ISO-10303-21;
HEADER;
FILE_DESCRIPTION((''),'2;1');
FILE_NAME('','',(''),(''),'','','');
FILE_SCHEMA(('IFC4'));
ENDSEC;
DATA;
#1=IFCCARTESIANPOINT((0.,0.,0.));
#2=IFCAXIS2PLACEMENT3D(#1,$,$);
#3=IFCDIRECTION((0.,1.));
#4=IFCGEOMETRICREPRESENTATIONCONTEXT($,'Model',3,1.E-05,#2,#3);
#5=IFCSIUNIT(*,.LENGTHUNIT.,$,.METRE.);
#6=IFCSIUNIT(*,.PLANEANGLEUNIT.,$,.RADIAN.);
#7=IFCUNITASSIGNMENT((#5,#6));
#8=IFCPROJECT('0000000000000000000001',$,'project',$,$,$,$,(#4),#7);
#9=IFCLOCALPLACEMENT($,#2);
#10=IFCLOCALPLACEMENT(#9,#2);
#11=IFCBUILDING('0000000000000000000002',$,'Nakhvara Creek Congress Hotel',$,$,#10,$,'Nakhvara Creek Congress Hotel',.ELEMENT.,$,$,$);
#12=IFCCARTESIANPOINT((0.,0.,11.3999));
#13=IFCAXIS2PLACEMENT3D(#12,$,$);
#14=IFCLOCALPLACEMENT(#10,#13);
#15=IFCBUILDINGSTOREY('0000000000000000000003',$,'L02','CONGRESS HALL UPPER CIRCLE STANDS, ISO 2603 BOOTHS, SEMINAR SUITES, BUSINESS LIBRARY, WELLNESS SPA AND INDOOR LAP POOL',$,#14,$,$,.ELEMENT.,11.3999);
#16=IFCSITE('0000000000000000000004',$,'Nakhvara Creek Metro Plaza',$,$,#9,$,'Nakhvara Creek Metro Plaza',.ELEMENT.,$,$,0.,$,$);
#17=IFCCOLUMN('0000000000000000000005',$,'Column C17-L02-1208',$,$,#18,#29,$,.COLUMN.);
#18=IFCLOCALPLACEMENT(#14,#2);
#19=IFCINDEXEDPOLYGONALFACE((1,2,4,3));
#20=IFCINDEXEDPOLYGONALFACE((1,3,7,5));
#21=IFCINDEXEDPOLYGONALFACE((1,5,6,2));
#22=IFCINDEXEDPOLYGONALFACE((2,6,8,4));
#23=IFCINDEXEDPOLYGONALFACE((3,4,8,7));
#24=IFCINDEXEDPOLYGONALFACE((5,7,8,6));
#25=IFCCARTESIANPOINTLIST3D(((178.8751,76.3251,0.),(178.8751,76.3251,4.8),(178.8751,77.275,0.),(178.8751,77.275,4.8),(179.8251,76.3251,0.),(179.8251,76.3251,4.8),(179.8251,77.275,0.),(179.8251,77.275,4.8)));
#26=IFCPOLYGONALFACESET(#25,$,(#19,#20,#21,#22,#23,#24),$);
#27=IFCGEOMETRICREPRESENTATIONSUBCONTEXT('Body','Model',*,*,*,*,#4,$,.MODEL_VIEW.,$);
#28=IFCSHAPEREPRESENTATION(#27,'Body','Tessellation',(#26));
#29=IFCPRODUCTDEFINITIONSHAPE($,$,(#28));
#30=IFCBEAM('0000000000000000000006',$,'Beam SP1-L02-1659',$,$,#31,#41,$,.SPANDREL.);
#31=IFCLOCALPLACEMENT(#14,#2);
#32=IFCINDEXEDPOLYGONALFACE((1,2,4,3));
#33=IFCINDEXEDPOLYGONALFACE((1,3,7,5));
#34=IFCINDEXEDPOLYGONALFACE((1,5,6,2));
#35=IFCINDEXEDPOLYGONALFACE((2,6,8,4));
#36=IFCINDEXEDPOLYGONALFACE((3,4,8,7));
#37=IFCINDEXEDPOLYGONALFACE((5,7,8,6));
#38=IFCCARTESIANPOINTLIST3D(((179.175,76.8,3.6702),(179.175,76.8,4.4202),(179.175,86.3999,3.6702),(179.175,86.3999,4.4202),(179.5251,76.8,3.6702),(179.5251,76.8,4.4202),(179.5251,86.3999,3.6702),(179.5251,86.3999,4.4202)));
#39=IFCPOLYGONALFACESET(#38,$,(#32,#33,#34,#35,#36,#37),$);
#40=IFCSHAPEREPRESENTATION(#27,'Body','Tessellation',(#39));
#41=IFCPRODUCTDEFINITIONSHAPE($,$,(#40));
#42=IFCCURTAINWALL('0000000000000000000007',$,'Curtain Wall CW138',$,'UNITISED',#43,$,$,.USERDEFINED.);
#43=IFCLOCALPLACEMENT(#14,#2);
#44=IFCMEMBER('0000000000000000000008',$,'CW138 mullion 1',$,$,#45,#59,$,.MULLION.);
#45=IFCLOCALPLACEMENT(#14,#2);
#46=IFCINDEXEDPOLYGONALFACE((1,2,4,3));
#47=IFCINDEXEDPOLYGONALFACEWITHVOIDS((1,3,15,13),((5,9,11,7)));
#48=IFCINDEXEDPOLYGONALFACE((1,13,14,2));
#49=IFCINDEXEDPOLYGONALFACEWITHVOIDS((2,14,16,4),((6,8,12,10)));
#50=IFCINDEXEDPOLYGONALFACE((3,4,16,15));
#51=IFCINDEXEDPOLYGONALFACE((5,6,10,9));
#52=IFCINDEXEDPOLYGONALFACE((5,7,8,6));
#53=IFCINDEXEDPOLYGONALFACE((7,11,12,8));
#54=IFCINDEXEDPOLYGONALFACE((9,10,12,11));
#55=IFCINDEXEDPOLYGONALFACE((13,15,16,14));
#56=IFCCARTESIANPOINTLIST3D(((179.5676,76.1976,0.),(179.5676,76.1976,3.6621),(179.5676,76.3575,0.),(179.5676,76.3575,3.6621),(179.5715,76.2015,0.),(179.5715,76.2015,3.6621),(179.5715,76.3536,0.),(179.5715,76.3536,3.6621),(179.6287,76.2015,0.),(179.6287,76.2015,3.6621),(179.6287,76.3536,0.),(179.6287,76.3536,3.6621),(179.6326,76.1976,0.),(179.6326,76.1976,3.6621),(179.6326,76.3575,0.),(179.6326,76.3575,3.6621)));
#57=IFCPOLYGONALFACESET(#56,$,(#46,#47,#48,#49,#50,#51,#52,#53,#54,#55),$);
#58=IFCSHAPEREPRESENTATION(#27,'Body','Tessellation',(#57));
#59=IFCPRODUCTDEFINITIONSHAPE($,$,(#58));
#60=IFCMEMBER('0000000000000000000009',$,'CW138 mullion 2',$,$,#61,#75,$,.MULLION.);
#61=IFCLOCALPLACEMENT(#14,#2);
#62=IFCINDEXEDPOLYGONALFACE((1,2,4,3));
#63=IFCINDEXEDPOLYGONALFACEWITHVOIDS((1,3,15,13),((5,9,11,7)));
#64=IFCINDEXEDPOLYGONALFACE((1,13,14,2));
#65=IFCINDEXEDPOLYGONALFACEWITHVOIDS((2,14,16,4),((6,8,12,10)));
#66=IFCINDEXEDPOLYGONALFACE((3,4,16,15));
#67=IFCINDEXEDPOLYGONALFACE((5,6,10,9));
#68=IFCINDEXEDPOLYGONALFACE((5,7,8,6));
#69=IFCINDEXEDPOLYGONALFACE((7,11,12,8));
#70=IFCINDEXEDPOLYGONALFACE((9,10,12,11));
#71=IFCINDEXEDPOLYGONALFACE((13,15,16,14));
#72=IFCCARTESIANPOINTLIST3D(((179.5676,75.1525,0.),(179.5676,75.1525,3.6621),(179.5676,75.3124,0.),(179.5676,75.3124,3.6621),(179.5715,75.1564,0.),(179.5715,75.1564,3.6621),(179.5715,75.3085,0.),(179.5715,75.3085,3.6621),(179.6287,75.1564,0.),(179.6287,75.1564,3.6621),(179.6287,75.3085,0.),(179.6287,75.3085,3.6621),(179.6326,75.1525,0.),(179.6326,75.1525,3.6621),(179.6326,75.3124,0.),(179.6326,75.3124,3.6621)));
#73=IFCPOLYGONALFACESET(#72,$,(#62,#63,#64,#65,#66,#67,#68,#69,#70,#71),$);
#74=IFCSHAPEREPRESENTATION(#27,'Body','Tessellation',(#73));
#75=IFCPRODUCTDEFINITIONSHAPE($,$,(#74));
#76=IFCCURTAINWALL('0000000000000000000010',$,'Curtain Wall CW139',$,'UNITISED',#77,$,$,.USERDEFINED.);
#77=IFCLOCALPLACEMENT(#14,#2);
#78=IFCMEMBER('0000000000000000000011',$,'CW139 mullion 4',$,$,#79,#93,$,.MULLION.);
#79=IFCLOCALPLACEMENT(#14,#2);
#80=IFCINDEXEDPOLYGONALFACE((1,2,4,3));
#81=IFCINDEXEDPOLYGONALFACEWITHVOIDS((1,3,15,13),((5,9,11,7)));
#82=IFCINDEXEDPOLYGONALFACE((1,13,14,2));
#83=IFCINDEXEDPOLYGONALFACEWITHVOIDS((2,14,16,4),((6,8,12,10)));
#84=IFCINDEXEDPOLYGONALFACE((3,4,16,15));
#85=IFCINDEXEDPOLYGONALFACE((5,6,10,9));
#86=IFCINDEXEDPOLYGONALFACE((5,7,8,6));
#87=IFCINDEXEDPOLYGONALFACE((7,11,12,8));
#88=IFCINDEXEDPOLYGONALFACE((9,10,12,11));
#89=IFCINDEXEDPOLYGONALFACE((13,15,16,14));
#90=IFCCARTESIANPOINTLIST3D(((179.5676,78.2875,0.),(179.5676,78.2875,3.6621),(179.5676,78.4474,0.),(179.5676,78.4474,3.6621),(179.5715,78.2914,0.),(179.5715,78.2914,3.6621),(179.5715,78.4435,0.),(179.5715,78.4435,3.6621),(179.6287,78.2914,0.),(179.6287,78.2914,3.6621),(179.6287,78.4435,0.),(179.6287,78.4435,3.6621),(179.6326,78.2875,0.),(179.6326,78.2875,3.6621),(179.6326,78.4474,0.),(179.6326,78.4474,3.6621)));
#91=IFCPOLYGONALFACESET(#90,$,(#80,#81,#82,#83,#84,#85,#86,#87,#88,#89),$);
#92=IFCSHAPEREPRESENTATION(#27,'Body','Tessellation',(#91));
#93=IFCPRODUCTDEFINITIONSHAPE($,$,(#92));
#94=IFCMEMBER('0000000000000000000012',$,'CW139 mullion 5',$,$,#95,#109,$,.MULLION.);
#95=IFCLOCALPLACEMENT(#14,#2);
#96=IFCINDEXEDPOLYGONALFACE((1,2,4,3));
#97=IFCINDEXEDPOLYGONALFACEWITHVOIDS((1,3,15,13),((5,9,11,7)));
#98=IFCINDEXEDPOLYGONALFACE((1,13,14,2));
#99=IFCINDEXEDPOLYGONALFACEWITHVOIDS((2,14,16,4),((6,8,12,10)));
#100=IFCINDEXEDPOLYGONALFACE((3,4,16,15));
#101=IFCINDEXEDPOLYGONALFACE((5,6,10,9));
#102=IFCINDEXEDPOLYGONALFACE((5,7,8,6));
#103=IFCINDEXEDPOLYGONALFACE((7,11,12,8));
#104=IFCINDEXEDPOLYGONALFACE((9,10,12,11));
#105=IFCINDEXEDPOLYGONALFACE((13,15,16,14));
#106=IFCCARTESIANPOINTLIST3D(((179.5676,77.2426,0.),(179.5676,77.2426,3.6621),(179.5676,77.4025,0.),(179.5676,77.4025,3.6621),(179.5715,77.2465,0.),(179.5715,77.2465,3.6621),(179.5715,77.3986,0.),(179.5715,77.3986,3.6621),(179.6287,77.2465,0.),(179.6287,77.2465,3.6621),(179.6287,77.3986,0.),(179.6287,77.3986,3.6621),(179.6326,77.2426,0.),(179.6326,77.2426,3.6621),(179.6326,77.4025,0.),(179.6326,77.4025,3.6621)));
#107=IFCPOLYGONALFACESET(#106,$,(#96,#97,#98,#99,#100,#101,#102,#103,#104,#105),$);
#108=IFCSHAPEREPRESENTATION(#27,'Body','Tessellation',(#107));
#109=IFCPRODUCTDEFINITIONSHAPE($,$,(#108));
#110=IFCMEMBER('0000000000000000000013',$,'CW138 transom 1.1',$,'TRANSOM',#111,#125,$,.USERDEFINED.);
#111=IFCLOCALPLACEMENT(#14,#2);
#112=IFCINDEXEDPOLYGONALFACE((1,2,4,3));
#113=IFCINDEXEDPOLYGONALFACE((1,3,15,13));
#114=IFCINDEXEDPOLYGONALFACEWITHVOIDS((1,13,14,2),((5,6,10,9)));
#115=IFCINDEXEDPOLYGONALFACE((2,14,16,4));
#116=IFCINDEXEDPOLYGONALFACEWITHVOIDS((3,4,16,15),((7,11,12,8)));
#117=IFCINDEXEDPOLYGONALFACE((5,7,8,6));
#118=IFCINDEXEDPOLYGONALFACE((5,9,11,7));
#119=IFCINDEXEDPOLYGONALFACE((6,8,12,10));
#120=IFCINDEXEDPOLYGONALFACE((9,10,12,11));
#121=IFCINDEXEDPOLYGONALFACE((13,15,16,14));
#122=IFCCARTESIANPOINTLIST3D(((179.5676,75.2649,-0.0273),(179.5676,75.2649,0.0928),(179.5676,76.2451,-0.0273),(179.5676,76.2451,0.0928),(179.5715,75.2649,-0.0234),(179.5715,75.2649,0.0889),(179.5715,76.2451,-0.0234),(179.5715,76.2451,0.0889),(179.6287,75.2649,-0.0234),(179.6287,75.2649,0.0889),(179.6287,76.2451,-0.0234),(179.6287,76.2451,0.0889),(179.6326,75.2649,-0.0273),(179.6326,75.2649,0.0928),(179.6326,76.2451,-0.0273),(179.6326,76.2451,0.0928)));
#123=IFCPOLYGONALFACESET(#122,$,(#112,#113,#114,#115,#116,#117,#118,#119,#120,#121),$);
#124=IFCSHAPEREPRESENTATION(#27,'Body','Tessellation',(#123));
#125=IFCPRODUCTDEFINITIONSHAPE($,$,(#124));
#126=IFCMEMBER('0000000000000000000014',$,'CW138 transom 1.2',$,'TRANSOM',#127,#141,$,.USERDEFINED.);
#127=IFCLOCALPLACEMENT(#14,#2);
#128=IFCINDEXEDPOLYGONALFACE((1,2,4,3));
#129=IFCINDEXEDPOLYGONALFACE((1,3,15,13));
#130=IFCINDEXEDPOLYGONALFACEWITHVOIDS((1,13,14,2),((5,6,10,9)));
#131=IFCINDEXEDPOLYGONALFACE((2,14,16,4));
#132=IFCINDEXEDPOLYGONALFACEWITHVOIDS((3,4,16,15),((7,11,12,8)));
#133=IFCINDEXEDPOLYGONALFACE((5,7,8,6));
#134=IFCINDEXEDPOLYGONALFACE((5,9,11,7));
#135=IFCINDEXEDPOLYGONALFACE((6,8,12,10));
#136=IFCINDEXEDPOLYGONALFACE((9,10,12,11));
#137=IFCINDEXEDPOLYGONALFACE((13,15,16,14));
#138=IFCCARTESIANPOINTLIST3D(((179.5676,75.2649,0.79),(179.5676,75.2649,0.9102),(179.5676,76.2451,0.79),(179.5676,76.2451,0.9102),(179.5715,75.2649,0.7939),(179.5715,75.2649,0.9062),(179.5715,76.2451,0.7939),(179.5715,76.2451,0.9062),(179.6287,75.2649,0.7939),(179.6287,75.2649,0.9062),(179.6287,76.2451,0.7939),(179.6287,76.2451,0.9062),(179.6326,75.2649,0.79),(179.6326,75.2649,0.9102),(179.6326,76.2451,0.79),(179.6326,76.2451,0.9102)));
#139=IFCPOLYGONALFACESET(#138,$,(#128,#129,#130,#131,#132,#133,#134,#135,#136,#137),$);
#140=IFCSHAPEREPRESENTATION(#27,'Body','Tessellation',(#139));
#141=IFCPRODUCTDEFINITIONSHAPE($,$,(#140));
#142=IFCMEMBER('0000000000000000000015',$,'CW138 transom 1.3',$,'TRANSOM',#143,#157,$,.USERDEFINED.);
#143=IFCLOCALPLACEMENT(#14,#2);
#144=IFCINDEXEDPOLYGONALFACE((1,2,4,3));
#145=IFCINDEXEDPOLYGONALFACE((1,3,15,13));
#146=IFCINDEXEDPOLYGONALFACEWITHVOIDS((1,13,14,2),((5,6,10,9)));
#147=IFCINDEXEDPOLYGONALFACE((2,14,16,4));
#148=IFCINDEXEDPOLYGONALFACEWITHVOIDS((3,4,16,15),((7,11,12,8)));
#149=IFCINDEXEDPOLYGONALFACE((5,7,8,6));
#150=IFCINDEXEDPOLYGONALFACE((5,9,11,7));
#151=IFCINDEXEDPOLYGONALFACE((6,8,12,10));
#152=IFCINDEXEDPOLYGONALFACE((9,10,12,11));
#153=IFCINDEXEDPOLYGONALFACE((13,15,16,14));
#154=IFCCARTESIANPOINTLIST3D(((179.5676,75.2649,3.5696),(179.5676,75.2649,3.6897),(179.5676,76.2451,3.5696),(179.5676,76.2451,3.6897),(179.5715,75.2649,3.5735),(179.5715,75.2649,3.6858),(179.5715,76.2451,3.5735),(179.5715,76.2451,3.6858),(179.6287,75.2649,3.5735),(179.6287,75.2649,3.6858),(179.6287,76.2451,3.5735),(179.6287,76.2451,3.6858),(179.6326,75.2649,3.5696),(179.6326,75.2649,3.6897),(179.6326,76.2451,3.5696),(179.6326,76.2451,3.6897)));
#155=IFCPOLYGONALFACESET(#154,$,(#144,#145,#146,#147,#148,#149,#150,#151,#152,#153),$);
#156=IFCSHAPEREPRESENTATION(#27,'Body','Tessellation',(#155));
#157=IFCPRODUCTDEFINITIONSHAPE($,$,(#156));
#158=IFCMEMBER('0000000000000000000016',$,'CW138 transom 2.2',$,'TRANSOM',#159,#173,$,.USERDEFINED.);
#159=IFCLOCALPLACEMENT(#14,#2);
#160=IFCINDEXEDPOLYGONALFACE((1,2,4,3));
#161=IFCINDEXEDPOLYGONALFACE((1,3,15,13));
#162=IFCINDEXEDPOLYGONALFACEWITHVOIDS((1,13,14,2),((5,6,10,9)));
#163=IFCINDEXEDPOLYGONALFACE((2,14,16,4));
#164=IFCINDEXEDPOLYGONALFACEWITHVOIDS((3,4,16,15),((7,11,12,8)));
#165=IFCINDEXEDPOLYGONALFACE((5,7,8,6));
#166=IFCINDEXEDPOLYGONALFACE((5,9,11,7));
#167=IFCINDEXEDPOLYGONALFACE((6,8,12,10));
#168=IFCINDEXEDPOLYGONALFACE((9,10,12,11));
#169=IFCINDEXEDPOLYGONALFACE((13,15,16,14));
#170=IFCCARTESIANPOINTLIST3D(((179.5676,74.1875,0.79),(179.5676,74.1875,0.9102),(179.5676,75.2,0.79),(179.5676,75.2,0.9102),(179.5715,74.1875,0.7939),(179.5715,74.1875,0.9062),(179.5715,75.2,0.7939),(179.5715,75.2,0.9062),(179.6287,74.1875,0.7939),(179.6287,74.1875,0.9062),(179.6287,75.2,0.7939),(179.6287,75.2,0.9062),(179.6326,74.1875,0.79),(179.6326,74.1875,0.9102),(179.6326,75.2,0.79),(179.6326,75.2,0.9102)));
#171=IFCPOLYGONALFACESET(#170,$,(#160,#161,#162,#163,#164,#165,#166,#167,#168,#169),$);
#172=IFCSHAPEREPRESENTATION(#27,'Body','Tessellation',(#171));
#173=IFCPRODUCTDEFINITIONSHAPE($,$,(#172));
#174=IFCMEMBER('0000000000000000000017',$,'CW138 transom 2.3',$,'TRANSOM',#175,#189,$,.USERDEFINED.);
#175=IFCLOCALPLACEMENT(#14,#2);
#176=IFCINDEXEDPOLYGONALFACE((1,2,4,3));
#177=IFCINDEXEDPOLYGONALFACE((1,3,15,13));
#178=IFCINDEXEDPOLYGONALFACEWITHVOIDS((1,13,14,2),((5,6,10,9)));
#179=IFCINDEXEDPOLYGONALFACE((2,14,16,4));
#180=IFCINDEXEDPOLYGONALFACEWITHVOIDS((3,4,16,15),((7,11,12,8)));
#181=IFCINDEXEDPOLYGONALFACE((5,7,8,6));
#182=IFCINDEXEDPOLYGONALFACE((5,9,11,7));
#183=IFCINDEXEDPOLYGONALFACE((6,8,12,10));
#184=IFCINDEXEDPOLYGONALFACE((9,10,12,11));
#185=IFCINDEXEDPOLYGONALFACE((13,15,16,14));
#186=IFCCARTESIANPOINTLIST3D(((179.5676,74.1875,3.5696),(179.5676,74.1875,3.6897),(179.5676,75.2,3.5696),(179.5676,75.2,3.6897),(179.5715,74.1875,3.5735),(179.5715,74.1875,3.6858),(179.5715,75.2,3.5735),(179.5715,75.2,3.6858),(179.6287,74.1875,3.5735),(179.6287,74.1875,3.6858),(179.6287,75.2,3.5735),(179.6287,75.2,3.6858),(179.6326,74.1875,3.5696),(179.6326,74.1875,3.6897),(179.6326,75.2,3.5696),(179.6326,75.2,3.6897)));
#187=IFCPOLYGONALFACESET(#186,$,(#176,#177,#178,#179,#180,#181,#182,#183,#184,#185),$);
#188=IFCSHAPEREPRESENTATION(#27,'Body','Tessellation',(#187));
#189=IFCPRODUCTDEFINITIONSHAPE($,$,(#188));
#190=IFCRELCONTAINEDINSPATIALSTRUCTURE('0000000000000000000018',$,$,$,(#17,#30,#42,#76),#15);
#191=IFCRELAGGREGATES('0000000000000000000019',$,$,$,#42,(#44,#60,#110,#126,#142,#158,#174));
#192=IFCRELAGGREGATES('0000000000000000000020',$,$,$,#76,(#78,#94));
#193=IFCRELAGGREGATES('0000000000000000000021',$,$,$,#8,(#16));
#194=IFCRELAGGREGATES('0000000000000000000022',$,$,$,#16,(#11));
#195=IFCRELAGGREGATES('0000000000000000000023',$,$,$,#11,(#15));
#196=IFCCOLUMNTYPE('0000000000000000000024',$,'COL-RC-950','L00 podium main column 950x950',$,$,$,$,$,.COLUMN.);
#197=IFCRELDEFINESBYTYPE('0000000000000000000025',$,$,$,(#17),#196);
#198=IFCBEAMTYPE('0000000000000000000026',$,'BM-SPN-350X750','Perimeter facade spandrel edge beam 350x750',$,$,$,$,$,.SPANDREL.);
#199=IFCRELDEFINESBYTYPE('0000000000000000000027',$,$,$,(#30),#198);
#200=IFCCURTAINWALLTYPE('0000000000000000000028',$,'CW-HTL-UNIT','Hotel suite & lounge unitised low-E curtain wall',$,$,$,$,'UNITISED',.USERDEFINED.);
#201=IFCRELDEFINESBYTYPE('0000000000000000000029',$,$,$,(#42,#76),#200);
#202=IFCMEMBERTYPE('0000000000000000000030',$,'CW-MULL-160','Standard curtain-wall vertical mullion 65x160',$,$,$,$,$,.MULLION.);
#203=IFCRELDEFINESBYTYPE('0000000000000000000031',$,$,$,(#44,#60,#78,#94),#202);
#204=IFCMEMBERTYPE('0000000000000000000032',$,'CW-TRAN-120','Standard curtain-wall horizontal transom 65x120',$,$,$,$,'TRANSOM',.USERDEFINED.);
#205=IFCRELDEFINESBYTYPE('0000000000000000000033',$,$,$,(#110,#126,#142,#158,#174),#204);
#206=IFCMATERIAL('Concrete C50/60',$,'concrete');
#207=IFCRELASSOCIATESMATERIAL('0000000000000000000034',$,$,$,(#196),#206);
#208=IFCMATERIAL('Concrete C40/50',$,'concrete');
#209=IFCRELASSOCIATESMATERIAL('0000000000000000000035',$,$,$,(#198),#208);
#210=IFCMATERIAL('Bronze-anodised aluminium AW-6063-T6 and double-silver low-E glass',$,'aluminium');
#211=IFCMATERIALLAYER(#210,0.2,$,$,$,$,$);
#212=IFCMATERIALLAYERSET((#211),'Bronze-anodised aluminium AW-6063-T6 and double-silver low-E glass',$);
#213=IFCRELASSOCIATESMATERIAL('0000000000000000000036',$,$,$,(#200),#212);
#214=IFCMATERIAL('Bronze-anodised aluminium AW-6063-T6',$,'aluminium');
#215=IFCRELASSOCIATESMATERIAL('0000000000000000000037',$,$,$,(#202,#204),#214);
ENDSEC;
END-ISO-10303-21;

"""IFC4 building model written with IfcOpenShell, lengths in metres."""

from ifc_helpers import new_model, si_unit, direction, frame, origin, origin_2d, place, context, subcontext, project, spatial, rectangle, hollow_rectangle, extrude, material, layer, layer_set, material_profile, profile_set, type_object, element, aggregate, save


model = new_model("IFC4")

# Units and contexts
model_context = context("Model", 3, precision=1e-05, world=origin(), true_north=direction((0.0, 1.0)))
body_context = subcontext(model_context, "Body", "Model", "MODEL_VIEW")
ifc_project = project(units=[si_unit("LENGTHUNIT", "METRE"), si_unit("PLANEANGLEUNIT", "RADIAN")], contexts=[model_context])

# Site, building, storey
site_placement = place(None, origin())
site = spatial("IfcSite", under=ifc_project, at=site_placement, Name="Nakhvara Creek Metro Plaza", LongName="Nakhvara Creek Metro Plaza", CompositionType="ELEMENT", RefElevation=0.0)
building_placement = place(site_placement, origin())
building = spatial("IfcBuilding", under=site, at=building_placement, Name="Nakhvara Creek Congress Hotel", LongName="Nakhvara Creek Congress Hotel", CompositionType="ELEMENT")
storey_placement = place(building_placement, frame((0.0, 0.0, 11.3999)))
storey = spatial("IfcBuildingStorey", under=building, at=storey_placement, Name="L02", Description="CONGRESS HALL UPPER CIRCLE STANDS, ISO 2603 BOOTHS, SEMINAR SUITES, BUSINESS LIBRARY, WELLNESS SPA AND INDOOR LAP POOL", CompositionType="ELEMENT", Elevation=11.3999)

# Column
ifc_material_1 = material(Name="Concrete C50/60", Category="concrete")
ifc_material_profile_1 = material_profile(ifc_material_1, rectangle(XDim=0.95, YDim=0.95, at=origin_2d()), Name="RC-COL 950x950", Category="LoadBearing")
ifc_profile_set_1 = profile_set([ifc_material_profile_1], Name="Concrete C50/60")
column_type = type_object("IfcColumnType", Name="COL-RC-950", Description="L00 podium main column 950x950", PredefinedType="COLUMN", material=ifc_profile_set_1)
column_placement = place(storey_placement, frame((179.3501, 76.8, 0.0), z_axis=(0.0, 0.0, 1.0), x_axis=(1.0, 0.0, 0.0)))
element("IfcColumn", 1, at=column_placement, inside=storey, type_object=column_type, Name="Column C17-L02-1208", PredefinedType="COLUMN", context=body_context, shape_type="SweptSolid", body=[
    extrude(rectangle(XDim=0.95, YDim=0.95, at=origin_2d()), origin(), (0.0, 0.0, 1.0), 4.8),
])

# Beam
ifc_material_2 = material(Name="Concrete C40/50", Category="concrete")
ifc_material_profile_2 = material_profile(ifc_material_2, rectangle(XDim=0.3501, YDim=0.75, at=origin_2d()), Name="RC-SPANDREL 350x750", Category="LoadBearing")
ifc_profile_set_2 = profile_set([ifc_material_profile_2], Name="Concrete C40/50")
beam_type = type_object("IfcBeamType", Name="BM-SPN-350X750", Description="Perimeter facade spandrel edge beam 350x750", PredefinedType="SPANDREL", material=ifc_profile_set_2)
beam_placement = place(storey_placement, frame((179.3501, 76.8, 4.0452), z_axis=(0.0, 1.0, 0.0), x_axis=(-1.0, 0.0, 0.0)))
element("IfcBeam", 2, at=beam_placement, inside=storey, type_object=beam_type, Name="Beam SP1-L02-1659", PredefinedType="SPANDREL", context=body_context, shape_type="SweptSolid", body=[
    extrude(rectangle(XDim=0.3501, YDim=0.75, at=origin_2d()), origin(), (0.0, 0.0, 1.0), 9.5999),
])

# Curtain walls, members
ifc_material_3 = material(Name="Bronze-anodised aluminium AW-6063-T6 and double-silver low-E glass", Category="aluminium")
ifc_layer_1 = layer(ifc_material_3, 0.2)
ifc_layer_set_1 = layer_set([ifc_layer_1], Name="Bronze-anodised aluminium AW-6063-T6 and double-silver low-E glass")
curtain_wall_type = type_object("IfcCurtainWallType", Name="CW-HTL-UNIT", Description="Hotel suite & lounge unitised low-E curtain wall", ElementType="UNITISED", PredefinedType="USERDEFINED", material=ifc_layer_set_1)
curtain_wall_1_placement = place(storey_placement, origin())
curtain_wall_1 = element("IfcCurtainWall", 3, at=curtain_wall_1_placement, inside=storey, type_object=curtain_wall_type, Name="Curtain Wall CW138", ObjectType="UNITISED", PredefinedType="USERDEFINED")
ifc_material_4 = material(Name="Bronze-anodised aluminium AW-6063-T6", Category="aluminium")
ifc_material_profile_3 = material_profile(ifc_material_4, hollow_rectangle(XDim=0.0649, YDim=0.1599, WallThickness=0.0039, at=origin_2d()), Name="ALU-MULL 65x160x4", Category="LoadBearing")
ifc_profile_set_3 = profile_set([ifc_material_profile_3], Name="Bronze-anodised aluminium AW-6063-T6")
member_type_1 = type_object("IfcMemberType", Name="CW-MULL-160", Description="Standard curtain-wall vertical mullion 65x160", PredefinedType="MULLION", material=ifc_profile_set_3)
member_1_placement = place(storey_placement, frame((179.6001, 76.2776, 0.0), z_axis=(0.0, 0.0, 1.0), x_axis=(1.0, 0.0, 0.0)))
member_1 = element("IfcMember", 4, at=member_1_placement, type_object=member_type_1, Name="CW138 mullion 1", PredefinedType="MULLION", context=body_context, shape_type="SweptSolid", body=[
    extrude(hollow_rectangle(XDim=0.0649, YDim=0.1599, WallThickness=0.0039, at=origin_2d()), origin(), (0.0, 0.0, 1.0), 3.6621),
])
member_2_placement = place(storey_placement, frame((179.6001, 75.2324, 0.0), z_axis=(0.0, 0.0, 1.0), x_axis=(1.0, 0.0, 0.0)))
member_2 = element("IfcMember", 5, at=member_2_placement, type_object=member_type_1, Name="CW138 mullion 2", PredefinedType="MULLION", context=body_context, shape_type="SweptSolid", body=[
    extrude(hollow_rectangle(XDim=0.0649, YDim=0.1599, WallThickness=0.0039, at=origin_2d()), origin(), (0.0, 0.0, 1.0), 3.6621),
])
curtain_wall_2_placement = place(storey_placement, origin())
curtain_wall_2 = element("IfcCurtainWall", 6, at=curtain_wall_2_placement, inside=storey, type_object=curtain_wall_type, Name="Curtain Wall CW139", ObjectType="UNITISED", PredefinedType="USERDEFINED")
member_3_placement = place(storey_placement, frame((179.6001, 78.3674, 0.0), z_axis=(0.0, 0.0, 1.0), x_axis=(1.0, 0.0, 0.0)))
member_3 = element("IfcMember", 7, at=member_3_placement, type_object=member_type_1, Name="CW139 mullion 4", PredefinedType="MULLION", context=body_context, shape_type="SweptSolid", body=[
    extrude(hollow_rectangle(XDim=0.0649, YDim=0.1599, WallThickness=0.0039, at=origin_2d()), origin(), (0.0, 0.0, 1.0), 3.6621),
])
member_4_placement = place(storey_placement, frame((179.6001, 77.3225, 0.0), z_axis=(0.0, 0.0, 1.0), x_axis=(1.0, 0.0, 0.0)))
member_4 = element("IfcMember", 8, at=member_4_placement, type_object=member_type_1, Name="CW139 mullion 5", PredefinedType="MULLION", context=body_context, shape_type="SweptSolid", body=[
    extrude(hollow_rectangle(XDim=0.0649, YDim=0.1599, WallThickness=0.0039, at=origin_2d()), origin(), (0.0, 0.0, 1.0), 3.6621),
])

# Members
ifc_material_profile_4 = material_profile(ifc_material_4, hollow_rectangle(XDim=0.0649, YDim=0.1201, WallThickness=0.0039, at=origin_2d()), Name="ALU-TRAN 65x120x4", Category="LoadBearing")
ifc_profile_set_4 = profile_set([ifc_material_profile_4], Name="Bronze-anodised aluminium AW-6063-T6")
member_type_2 = type_object("IfcMemberType", Name="CW-TRAN-120", Description="Standard curtain-wall horizontal transom 65x120", ElementType="TRANSOM", PredefinedType="USERDEFINED", material=ifc_profile_set_4)
member_5_placement = place(storey_placement, frame((179.6001, 76.2451, 0.0327), z_axis=(0.0, -1.0, 0.0), x_axis=(1.0, 0.0, 0.0)))
member_5 = element("IfcMember", 9, at=member_5_placement, type_object=member_type_2, Name="CW138 transom 1.1", ObjectType="TRANSOM", PredefinedType="USERDEFINED", context=body_context, shape_type="SweptSolid", body=[
    extrude(hollow_rectangle(XDim=0.0649, YDim=0.1201, WallThickness=0.0039, at=origin_2d()), origin(), (0.0, 0.0, 1.0), 0.9802),
])
member_6_placement = place(storey_placement, frame((179.6001, 76.2451, 0.8501), z_axis=(0.0, -1.0, 0.0), x_axis=(1.0, 0.0, 0.0)))
member_6 = element("IfcMember", 10, at=member_6_placement, type_object=member_type_2, Name="CW138 transom 1.2", ObjectType="TRANSOM", PredefinedType="USERDEFINED", context=body_context, shape_type="SweptSolid", body=[
    extrude(hollow_rectangle(XDim=0.0649, YDim=0.1201, WallThickness=0.0039, at=origin_2d()), origin(), (0.0, 0.0, 1.0), 0.9802),
])
member_7_placement = place(storey_placement, frame((179.6001, 76.2451, 3.6296), z_axis=(0.0, -1.0, 0.0), x_axis=(1.0, 0.0, 0.0)))
member_7 = element("IfcMember", 11, at=member_7_placement, type_object=member_type_2, Name="CW138 transom 1.3", ObjectType="TRANSOM", PredefinedType="USERDEFINED", context=body_context, shape_type="SweptSolid", body=[
    extrude(hollow_rectangle(XDim=0.0649, YDim=0.1201, WallThickness=0.0039, at=origin_2d()), origin(), (0.0, 0.0, 1.0), 0.9802),
])
member_8_placement = place(storey_placement, frame((179.6001, 75.2, 0.8501), z_axis=(0.0, -1.0, 0.0), x_axis=(1.0, 0.0, 0.0)))
member_8 = element("IfcMember", 12, at=member_8_placement, type_object=member_type_2, Name="CW138 transom 2.2", ObjectType="TRANSOM", PredefinedType="USERDEFINED", context=body_context, shape_type="SweptSolid", body=[
    extrude(hollow_rectangle(XDim=0.0649, YDim=0.1201, WallThickness=0.0039, at=origin_2d()), origin(), (0.0, 0.0, 1.0), 1.0125),
])
member_9_placement = place(storey_placement, frame((179.6001, 75.2, 3.6296), z_axis=(0.0, -1.0, 0.0), x_axis=(1.0, 0.0, 0.0)))
member_9 = element("IfcMember", 13, at=member_9_placement, type_object=member_type_2, Name="CW138 transom 2.3", ObjectType="TRANSOM", PredefinedType="USERDEFINED", context=body_context, shape_type="SweptSolid", body=[
    extrude(hollow_rectangle(XDim=0.0649, YDim=0.1201, WallThickness=0.0039, at=origin_2d()), origin(), (0.0, 0.0, 1.0), 1.0125),
])

aggregate(curtain_wall_1, [member_1, member_2, member_5, member_6, member_7, member_8, member_9])
aggregate(curtain_wall_2, [member_3, member_4])

save(model, "model.ifc")
